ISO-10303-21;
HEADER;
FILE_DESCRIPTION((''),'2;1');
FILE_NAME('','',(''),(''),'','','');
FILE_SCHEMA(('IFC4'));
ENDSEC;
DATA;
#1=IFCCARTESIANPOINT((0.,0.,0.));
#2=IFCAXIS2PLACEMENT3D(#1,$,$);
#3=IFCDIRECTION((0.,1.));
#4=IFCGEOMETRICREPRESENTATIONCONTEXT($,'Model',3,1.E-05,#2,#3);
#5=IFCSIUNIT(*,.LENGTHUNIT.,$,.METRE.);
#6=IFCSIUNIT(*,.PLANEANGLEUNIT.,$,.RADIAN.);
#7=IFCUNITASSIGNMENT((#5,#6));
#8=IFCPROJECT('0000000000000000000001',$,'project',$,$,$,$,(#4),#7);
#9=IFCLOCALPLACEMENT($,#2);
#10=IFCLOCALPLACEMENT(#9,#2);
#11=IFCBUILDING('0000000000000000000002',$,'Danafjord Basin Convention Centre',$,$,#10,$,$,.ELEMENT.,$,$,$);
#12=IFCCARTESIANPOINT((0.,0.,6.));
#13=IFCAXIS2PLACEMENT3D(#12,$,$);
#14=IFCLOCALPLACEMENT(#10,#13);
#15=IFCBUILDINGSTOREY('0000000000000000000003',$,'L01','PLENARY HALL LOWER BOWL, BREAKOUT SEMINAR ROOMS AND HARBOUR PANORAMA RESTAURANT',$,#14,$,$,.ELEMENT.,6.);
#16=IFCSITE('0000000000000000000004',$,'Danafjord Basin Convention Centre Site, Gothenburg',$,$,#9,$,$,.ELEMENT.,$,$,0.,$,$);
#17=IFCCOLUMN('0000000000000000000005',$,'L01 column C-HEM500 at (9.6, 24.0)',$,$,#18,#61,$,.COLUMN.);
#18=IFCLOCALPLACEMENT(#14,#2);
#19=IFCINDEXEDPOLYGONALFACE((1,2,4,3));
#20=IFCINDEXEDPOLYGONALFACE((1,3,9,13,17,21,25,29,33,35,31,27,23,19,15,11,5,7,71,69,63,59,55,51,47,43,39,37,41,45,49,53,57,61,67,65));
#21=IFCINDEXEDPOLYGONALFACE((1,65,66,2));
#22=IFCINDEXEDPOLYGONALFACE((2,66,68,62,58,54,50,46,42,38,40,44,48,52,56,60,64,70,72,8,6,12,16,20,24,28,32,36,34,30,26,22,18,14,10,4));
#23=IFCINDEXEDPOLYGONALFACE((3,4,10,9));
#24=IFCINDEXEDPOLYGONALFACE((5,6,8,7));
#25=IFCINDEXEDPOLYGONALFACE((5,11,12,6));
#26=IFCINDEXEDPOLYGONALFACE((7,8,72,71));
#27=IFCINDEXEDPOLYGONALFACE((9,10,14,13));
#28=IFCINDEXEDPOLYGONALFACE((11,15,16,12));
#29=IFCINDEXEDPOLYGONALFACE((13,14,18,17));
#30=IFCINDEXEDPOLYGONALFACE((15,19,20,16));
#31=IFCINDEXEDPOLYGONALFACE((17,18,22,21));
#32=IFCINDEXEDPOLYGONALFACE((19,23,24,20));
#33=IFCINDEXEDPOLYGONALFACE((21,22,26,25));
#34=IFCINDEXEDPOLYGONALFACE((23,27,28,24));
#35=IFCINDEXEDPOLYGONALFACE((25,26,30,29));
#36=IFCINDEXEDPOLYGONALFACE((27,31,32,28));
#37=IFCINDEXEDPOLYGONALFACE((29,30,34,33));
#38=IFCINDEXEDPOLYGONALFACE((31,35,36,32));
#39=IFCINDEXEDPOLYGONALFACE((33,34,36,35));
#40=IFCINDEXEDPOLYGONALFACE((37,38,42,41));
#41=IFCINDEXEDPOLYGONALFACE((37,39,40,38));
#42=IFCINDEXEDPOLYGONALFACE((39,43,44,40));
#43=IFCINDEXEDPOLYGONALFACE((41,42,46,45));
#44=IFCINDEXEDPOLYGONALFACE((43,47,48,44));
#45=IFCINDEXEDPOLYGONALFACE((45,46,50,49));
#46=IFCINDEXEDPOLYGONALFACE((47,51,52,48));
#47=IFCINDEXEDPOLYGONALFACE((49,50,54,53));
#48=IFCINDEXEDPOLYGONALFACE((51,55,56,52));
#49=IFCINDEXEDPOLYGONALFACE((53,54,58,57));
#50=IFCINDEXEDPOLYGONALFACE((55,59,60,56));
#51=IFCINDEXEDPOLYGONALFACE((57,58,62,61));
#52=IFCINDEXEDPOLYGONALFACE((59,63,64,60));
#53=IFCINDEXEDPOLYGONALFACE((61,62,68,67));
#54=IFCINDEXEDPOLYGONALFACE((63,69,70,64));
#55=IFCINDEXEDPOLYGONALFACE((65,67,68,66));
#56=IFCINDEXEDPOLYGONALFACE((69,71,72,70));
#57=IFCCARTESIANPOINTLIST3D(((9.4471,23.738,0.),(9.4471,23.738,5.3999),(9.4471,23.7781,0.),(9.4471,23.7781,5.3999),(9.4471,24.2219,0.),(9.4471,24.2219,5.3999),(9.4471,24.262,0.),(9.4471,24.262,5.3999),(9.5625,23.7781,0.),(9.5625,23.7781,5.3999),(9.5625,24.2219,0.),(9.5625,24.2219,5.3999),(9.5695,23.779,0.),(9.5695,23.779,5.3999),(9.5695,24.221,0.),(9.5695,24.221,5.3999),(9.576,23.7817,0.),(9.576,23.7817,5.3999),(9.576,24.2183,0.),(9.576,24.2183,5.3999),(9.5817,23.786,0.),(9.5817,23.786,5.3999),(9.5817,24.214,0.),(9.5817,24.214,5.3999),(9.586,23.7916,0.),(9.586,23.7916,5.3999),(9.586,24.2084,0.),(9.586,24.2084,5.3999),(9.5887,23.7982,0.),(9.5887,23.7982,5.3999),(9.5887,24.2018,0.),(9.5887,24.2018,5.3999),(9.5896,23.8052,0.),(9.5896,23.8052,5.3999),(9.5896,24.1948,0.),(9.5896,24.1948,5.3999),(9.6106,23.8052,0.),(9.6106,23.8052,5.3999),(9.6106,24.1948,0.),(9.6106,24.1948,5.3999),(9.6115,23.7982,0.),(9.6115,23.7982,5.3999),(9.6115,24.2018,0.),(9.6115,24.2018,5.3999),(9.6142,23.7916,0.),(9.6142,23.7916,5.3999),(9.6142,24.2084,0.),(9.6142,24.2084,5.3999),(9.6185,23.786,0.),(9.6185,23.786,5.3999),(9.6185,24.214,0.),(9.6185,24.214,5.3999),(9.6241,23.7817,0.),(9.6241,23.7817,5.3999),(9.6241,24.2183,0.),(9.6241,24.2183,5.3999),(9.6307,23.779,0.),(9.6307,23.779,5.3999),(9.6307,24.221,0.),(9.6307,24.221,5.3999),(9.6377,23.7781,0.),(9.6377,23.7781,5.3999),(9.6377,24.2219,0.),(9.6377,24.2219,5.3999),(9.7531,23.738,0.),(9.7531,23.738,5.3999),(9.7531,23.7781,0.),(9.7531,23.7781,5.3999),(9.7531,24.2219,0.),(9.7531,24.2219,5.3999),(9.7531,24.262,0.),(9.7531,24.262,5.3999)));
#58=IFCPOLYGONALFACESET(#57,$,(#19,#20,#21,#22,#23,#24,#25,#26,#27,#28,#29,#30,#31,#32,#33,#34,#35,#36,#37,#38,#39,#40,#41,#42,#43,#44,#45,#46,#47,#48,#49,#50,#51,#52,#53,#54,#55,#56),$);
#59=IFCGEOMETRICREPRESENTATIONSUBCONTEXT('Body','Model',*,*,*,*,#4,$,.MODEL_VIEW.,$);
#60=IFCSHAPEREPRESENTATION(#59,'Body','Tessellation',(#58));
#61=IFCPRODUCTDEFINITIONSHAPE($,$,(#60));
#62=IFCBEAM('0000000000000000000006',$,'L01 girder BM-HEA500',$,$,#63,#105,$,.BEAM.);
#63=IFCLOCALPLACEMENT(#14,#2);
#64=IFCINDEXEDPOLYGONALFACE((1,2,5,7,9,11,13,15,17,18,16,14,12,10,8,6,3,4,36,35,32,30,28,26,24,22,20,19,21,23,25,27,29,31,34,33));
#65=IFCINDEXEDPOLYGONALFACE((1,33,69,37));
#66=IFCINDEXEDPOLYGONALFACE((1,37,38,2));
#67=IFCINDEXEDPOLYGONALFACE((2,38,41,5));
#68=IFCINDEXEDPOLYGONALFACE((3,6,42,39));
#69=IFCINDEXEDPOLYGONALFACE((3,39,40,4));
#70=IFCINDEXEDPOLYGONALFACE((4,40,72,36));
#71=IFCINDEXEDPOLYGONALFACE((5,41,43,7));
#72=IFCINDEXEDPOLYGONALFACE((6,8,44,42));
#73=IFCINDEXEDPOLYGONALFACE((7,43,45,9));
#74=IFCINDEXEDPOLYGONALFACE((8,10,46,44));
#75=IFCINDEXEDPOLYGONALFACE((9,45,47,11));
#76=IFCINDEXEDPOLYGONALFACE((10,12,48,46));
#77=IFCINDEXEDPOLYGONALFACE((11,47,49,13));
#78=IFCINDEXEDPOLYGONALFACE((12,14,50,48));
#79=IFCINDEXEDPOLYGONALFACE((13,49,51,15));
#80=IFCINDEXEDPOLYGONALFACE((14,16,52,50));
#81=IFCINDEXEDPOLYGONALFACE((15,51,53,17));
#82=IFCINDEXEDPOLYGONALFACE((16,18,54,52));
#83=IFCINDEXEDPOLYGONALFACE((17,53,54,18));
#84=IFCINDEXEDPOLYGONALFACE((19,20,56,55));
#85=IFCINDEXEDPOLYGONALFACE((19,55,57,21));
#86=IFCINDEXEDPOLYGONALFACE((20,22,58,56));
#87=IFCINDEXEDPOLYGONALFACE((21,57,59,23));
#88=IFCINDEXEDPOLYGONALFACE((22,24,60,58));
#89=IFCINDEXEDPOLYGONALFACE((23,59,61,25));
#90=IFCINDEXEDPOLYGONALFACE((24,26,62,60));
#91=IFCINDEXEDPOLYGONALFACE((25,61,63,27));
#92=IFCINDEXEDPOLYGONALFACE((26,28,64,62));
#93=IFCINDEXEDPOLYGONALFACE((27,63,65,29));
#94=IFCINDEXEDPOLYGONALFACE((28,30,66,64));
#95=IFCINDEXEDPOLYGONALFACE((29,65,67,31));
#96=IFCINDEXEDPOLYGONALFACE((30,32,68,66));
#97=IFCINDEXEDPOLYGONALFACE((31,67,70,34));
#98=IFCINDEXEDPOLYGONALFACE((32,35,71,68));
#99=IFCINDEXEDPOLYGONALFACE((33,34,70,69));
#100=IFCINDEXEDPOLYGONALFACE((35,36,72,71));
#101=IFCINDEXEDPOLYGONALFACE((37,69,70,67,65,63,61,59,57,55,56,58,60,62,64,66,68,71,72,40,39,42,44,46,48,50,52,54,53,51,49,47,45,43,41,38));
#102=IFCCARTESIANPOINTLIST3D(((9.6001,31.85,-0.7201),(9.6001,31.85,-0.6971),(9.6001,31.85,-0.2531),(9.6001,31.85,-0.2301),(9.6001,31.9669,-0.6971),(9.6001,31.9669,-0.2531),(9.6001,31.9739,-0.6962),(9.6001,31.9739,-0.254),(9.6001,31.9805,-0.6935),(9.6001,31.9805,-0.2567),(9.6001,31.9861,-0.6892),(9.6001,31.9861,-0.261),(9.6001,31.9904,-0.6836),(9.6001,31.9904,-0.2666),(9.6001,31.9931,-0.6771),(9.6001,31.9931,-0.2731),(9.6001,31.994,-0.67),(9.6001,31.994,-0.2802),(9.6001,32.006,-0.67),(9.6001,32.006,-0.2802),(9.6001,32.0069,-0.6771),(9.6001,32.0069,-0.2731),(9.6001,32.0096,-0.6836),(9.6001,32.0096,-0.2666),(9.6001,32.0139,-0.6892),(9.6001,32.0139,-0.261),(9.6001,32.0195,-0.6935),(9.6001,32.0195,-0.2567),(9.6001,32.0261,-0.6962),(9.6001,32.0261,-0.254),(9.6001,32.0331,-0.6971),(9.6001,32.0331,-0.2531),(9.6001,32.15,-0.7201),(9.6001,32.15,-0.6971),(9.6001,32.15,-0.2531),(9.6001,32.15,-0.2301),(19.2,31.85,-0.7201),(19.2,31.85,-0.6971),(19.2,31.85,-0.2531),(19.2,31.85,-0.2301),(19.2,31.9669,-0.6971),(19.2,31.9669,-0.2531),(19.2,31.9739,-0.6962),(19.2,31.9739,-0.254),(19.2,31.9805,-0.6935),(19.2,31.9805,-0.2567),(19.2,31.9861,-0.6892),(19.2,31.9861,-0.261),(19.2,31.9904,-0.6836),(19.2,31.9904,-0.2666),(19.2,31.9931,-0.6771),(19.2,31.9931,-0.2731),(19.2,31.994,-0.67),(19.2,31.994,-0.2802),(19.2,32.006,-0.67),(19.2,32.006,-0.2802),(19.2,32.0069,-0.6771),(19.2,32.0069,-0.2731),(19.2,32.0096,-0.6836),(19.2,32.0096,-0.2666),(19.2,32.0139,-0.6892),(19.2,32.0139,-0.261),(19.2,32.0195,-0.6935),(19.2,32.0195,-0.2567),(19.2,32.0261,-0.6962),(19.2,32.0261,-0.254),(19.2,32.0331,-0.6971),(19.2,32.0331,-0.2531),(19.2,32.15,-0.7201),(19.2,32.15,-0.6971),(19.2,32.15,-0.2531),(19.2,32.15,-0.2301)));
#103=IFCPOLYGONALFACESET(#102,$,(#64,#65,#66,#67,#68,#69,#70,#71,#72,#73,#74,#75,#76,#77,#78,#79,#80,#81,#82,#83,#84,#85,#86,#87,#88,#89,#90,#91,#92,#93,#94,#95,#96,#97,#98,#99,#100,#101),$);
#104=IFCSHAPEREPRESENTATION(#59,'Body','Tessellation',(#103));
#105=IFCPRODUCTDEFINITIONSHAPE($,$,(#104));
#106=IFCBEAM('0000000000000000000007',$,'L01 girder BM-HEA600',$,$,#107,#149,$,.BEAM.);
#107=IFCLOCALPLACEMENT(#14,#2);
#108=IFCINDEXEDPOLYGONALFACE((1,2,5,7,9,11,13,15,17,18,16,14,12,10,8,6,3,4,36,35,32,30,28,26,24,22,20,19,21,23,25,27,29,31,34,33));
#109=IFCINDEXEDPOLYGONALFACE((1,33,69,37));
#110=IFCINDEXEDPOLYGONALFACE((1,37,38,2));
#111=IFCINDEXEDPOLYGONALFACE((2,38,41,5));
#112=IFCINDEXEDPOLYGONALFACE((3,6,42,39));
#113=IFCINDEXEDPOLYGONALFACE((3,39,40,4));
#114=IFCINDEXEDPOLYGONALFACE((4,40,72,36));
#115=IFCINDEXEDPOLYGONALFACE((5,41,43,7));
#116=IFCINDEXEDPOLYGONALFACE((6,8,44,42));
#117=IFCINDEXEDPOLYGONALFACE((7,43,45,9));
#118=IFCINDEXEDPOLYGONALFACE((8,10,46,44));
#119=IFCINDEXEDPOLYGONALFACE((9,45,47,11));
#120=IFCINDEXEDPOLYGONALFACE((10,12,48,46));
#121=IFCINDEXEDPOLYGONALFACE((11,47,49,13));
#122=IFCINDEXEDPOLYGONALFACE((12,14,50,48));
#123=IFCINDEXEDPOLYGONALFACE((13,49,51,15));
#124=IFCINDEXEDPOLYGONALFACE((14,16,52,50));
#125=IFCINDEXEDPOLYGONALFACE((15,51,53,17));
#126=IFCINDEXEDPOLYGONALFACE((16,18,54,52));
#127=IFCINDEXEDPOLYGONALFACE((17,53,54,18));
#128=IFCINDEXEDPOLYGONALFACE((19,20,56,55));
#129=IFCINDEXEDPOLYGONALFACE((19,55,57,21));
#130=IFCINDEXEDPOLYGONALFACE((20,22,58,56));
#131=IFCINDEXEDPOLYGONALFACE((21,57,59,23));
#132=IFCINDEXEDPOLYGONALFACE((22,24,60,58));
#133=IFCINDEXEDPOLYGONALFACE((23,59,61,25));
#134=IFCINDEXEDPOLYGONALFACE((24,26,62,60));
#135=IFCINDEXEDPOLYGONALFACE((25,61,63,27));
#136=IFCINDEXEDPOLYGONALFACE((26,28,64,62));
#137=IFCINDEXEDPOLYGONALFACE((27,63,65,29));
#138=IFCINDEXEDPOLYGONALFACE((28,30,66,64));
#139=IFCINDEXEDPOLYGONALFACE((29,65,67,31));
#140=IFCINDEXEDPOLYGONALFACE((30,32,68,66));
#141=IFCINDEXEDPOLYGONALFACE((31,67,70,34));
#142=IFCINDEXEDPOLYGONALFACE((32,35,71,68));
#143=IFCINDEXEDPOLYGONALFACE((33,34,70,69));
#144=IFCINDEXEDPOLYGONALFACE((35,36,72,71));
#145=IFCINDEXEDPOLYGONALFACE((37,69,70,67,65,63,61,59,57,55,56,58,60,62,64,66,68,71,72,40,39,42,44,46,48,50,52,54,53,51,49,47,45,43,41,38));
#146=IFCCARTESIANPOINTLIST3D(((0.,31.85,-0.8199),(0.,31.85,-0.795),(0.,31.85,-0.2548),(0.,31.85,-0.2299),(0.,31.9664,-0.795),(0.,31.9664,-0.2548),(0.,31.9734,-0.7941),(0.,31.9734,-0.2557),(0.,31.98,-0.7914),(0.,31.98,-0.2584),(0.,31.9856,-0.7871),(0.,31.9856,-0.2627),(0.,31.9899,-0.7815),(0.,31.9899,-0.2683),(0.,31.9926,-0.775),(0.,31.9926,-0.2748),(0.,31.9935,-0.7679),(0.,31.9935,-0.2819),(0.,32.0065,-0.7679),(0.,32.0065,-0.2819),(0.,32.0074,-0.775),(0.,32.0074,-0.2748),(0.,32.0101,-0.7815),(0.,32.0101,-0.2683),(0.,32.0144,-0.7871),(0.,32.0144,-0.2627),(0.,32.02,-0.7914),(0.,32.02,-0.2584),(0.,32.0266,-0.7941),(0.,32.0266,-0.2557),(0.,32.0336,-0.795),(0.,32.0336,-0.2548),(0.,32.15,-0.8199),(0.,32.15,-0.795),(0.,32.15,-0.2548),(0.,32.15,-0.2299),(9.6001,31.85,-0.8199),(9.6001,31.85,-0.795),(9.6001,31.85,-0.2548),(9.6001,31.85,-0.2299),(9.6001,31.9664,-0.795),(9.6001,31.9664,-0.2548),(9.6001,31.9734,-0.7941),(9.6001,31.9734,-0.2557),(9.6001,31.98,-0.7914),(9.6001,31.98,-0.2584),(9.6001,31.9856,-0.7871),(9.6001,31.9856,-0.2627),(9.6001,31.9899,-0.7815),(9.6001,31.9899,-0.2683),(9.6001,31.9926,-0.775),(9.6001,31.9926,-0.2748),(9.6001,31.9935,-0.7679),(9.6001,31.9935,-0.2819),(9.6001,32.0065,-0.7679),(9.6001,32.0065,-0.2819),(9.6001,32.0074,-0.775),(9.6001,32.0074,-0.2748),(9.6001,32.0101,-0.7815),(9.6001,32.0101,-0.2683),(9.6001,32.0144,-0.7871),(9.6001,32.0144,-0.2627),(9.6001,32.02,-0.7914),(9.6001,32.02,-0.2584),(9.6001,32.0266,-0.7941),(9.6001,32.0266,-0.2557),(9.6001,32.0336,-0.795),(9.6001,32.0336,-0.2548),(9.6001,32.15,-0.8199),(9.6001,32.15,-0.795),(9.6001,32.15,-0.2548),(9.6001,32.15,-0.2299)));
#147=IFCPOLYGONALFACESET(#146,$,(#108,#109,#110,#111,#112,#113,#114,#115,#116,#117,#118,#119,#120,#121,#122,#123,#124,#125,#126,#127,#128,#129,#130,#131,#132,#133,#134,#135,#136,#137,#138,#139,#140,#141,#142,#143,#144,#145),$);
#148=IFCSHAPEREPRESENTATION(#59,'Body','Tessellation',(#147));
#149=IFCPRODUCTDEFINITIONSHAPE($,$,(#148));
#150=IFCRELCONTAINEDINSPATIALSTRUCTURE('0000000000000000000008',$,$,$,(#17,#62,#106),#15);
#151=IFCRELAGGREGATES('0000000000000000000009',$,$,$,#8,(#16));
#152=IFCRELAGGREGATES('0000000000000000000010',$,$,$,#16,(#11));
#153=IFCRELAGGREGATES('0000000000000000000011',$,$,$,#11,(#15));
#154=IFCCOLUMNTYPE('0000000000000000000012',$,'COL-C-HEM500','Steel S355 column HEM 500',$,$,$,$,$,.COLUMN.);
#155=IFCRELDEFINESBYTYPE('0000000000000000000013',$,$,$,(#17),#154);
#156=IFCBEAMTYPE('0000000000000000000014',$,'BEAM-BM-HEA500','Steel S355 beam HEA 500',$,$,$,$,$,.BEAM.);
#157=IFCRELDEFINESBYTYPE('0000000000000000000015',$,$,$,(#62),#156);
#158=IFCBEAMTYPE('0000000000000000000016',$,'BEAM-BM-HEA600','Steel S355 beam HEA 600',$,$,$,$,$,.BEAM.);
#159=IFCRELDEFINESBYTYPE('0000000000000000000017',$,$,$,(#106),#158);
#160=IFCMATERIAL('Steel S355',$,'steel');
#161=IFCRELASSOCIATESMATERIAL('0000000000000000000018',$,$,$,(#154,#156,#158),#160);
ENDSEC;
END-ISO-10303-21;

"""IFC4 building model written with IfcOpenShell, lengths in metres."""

from ifc_helpers import new_model, si_unit, direction, frame, origin, origin_2d, place, context, subcontext, project, spatial, i_section, extrude, material, material_profile, profile_set, type_object, element, save


model = new_model("IFC4")

# Units and contexts
model_context = context("Model", 3, precision=1e-05, world=origin(), true_north=direction((0.0, 1.0)))
body_context = subcontext(model_context, "Body", "Model", "MODEL_VIEW")
ifc_project = project(units=[si_unit("LENGTHUNIT", "METRE"), si_unit("PLANEANGLEUNIT", "RADIAN")], contexts=[model_context])

# Site, building, storey
site_placement = place(None, origin())
site = spatial("IfcSite", under=ifc_project, at=site_placement, Name="Danafjord Basin Convention Centre Site, Gothenburg", CompositionType="ELEMENT", RefElevation=0.0)
building_placement = place(site_placement, origin())
building = spatial("IfcBuilding", under=site, at=building_placement, Name="Danafjord Basin Convention Centre", CompositionType="ELEMENT")
storey_placement = place(building_placement, frame((0.0, 0.0, 6.0)))
storey = spatial("IfcBuildingStorey", under=building, at=storey_placement, Name="L01", Description="PLENARY HALL LOWER BOWL, BREAKOUT SEMINAR ROOMS AND HARBOUR PANORAMA RESTAURANT", CompositionType="ELEMENT", Elevation=6.0)

# Column
ifc_material_1 = material(Name="Steel S355", Category="steel")
ifc_material_profile_1 = material_profile(ifc_material_1, i_section(OverallWidth=0.3059, OverallDepth=0.5239, WebThickness=0.021, FlangeThickness=0.04, FilletRadius=0.0271, at=origin_2d()), Name="HEM 500")
ifc_profile_set_1 = profile_set([ifc_material_profile_1], Name="Steel S355")
column_type_1 = type_object("IfcColumnType", Name="COL-C-HEM500", Description="Steel S355 column HEM 500", PredefinedType="COLUMN", material=ifc_profile_set_1)
column_1_placement = place(storey_placement, frame((9.6001, 24.0, 0.0), z_axis=(0.0, 0.0, 1.0), x_axis=(1.0, 0.0, 0.0)))
element("IfcColumn", 1, at=column_1_placement, inside=storey, type_object=column_type_1, Name="L01 column C-HEM500 at (9.6, 24.0)", PredefinedType="COLUMN", context=body_context, shape_type="SweptSolid", body=[
    extrude(i_section(OverallWidth=0.3059, OverallDepth=0.5239, WebThickness=0.021, FlangeThickness=0.04, FilletRadius=0.0271, at=origin_2d()), origin(), (0.0, 0.0, 1.0), 5.3999),
])

# Beams
ifc_material_profile_2 = material_profile(ifc_material_1, i_section(OverallWidth=0.3, OverallDepth=0.49, WebThickness=0.012, FlangeThickness=0.0229, FilletRadius=0.0271, at=origin_2d()), Name="HEA 500")
ifc_profile_set_2 = profile_set([ifc_material_profile_2], Name="Steel S355")
beam_type_1 = type_object("IfcBeamType", Name="BEAM-BM-HEA500", Description="Steel S355 beam HEA 500", PredefinedType="BEAM", material=ifc_profile_set_2)
beam_1_placement = place(storey_placement, frame((9.6001, 32.0, -0.4751), z_axis=(1.0, 0.0, 0.0), x_axis=(0.0, 1.0, 0.0)))
element("IfcBeam", 2, at=beam_1_placement, inside=storey, type_object=beam_type_1, Name="L01 girder BM-HEA500", PredefinedType="BEAM", context=body_context, shape_type="SweptSolid", body=[
    extrude(i_section(OverallWidth=0.3, OverallDepth=0.49, WebThickness=0.012, FlangeThickness=0.0229, FilletRadius=0.0271, at=origin_2d()), origin(), (0.0, 0.0, 1.0), 9.5999),
])
ifc_material_profile_3 = material_profile(ifc_material_1, i_section(OverallWidth=0.3, OverallDepth=0.5901, WebThickness=0.0129, FlangeThickness=0.0249, FilletRadius=0.0271, at=origin_2d()), Name="HEA 600")
ifc_profile_set_3 = profile_set([ifc_material_profile_3], Name="Steel S355")
beam_type_2 = type_object("IfcBeamType", Name="BEAM-BM-HEA600", Description="Steel S355 beam HEA 600", PredefinedType="BEAM", material=ifc_profile_set_3)
beam_2_placement = place(storey_placement, frame((0.0, 32.0, -0.5249), z_axis=(1.0, 0.0, 0.0), x_axis=(0.0, 1.0, 0.0)))
element("IfcBeam", 3, at=beam_2_placement, inside=storey, type_object=beam_type_2, Name="L01 girder BM-HEA600", PredefinedType="BEAM", context=body_context, shape_type="SweptSolid", body=[
    extrude(i_section(OverallWidth=0.3, OverallDepth=0.5901, WebThickness=0.0129, FlangeThickness=0.0249, FilletRadius=0.0271, at=origin_2d()), origin(), (0.0, 0.0, 1.0), 9.6001),
])

save(model, "model.ifc")
